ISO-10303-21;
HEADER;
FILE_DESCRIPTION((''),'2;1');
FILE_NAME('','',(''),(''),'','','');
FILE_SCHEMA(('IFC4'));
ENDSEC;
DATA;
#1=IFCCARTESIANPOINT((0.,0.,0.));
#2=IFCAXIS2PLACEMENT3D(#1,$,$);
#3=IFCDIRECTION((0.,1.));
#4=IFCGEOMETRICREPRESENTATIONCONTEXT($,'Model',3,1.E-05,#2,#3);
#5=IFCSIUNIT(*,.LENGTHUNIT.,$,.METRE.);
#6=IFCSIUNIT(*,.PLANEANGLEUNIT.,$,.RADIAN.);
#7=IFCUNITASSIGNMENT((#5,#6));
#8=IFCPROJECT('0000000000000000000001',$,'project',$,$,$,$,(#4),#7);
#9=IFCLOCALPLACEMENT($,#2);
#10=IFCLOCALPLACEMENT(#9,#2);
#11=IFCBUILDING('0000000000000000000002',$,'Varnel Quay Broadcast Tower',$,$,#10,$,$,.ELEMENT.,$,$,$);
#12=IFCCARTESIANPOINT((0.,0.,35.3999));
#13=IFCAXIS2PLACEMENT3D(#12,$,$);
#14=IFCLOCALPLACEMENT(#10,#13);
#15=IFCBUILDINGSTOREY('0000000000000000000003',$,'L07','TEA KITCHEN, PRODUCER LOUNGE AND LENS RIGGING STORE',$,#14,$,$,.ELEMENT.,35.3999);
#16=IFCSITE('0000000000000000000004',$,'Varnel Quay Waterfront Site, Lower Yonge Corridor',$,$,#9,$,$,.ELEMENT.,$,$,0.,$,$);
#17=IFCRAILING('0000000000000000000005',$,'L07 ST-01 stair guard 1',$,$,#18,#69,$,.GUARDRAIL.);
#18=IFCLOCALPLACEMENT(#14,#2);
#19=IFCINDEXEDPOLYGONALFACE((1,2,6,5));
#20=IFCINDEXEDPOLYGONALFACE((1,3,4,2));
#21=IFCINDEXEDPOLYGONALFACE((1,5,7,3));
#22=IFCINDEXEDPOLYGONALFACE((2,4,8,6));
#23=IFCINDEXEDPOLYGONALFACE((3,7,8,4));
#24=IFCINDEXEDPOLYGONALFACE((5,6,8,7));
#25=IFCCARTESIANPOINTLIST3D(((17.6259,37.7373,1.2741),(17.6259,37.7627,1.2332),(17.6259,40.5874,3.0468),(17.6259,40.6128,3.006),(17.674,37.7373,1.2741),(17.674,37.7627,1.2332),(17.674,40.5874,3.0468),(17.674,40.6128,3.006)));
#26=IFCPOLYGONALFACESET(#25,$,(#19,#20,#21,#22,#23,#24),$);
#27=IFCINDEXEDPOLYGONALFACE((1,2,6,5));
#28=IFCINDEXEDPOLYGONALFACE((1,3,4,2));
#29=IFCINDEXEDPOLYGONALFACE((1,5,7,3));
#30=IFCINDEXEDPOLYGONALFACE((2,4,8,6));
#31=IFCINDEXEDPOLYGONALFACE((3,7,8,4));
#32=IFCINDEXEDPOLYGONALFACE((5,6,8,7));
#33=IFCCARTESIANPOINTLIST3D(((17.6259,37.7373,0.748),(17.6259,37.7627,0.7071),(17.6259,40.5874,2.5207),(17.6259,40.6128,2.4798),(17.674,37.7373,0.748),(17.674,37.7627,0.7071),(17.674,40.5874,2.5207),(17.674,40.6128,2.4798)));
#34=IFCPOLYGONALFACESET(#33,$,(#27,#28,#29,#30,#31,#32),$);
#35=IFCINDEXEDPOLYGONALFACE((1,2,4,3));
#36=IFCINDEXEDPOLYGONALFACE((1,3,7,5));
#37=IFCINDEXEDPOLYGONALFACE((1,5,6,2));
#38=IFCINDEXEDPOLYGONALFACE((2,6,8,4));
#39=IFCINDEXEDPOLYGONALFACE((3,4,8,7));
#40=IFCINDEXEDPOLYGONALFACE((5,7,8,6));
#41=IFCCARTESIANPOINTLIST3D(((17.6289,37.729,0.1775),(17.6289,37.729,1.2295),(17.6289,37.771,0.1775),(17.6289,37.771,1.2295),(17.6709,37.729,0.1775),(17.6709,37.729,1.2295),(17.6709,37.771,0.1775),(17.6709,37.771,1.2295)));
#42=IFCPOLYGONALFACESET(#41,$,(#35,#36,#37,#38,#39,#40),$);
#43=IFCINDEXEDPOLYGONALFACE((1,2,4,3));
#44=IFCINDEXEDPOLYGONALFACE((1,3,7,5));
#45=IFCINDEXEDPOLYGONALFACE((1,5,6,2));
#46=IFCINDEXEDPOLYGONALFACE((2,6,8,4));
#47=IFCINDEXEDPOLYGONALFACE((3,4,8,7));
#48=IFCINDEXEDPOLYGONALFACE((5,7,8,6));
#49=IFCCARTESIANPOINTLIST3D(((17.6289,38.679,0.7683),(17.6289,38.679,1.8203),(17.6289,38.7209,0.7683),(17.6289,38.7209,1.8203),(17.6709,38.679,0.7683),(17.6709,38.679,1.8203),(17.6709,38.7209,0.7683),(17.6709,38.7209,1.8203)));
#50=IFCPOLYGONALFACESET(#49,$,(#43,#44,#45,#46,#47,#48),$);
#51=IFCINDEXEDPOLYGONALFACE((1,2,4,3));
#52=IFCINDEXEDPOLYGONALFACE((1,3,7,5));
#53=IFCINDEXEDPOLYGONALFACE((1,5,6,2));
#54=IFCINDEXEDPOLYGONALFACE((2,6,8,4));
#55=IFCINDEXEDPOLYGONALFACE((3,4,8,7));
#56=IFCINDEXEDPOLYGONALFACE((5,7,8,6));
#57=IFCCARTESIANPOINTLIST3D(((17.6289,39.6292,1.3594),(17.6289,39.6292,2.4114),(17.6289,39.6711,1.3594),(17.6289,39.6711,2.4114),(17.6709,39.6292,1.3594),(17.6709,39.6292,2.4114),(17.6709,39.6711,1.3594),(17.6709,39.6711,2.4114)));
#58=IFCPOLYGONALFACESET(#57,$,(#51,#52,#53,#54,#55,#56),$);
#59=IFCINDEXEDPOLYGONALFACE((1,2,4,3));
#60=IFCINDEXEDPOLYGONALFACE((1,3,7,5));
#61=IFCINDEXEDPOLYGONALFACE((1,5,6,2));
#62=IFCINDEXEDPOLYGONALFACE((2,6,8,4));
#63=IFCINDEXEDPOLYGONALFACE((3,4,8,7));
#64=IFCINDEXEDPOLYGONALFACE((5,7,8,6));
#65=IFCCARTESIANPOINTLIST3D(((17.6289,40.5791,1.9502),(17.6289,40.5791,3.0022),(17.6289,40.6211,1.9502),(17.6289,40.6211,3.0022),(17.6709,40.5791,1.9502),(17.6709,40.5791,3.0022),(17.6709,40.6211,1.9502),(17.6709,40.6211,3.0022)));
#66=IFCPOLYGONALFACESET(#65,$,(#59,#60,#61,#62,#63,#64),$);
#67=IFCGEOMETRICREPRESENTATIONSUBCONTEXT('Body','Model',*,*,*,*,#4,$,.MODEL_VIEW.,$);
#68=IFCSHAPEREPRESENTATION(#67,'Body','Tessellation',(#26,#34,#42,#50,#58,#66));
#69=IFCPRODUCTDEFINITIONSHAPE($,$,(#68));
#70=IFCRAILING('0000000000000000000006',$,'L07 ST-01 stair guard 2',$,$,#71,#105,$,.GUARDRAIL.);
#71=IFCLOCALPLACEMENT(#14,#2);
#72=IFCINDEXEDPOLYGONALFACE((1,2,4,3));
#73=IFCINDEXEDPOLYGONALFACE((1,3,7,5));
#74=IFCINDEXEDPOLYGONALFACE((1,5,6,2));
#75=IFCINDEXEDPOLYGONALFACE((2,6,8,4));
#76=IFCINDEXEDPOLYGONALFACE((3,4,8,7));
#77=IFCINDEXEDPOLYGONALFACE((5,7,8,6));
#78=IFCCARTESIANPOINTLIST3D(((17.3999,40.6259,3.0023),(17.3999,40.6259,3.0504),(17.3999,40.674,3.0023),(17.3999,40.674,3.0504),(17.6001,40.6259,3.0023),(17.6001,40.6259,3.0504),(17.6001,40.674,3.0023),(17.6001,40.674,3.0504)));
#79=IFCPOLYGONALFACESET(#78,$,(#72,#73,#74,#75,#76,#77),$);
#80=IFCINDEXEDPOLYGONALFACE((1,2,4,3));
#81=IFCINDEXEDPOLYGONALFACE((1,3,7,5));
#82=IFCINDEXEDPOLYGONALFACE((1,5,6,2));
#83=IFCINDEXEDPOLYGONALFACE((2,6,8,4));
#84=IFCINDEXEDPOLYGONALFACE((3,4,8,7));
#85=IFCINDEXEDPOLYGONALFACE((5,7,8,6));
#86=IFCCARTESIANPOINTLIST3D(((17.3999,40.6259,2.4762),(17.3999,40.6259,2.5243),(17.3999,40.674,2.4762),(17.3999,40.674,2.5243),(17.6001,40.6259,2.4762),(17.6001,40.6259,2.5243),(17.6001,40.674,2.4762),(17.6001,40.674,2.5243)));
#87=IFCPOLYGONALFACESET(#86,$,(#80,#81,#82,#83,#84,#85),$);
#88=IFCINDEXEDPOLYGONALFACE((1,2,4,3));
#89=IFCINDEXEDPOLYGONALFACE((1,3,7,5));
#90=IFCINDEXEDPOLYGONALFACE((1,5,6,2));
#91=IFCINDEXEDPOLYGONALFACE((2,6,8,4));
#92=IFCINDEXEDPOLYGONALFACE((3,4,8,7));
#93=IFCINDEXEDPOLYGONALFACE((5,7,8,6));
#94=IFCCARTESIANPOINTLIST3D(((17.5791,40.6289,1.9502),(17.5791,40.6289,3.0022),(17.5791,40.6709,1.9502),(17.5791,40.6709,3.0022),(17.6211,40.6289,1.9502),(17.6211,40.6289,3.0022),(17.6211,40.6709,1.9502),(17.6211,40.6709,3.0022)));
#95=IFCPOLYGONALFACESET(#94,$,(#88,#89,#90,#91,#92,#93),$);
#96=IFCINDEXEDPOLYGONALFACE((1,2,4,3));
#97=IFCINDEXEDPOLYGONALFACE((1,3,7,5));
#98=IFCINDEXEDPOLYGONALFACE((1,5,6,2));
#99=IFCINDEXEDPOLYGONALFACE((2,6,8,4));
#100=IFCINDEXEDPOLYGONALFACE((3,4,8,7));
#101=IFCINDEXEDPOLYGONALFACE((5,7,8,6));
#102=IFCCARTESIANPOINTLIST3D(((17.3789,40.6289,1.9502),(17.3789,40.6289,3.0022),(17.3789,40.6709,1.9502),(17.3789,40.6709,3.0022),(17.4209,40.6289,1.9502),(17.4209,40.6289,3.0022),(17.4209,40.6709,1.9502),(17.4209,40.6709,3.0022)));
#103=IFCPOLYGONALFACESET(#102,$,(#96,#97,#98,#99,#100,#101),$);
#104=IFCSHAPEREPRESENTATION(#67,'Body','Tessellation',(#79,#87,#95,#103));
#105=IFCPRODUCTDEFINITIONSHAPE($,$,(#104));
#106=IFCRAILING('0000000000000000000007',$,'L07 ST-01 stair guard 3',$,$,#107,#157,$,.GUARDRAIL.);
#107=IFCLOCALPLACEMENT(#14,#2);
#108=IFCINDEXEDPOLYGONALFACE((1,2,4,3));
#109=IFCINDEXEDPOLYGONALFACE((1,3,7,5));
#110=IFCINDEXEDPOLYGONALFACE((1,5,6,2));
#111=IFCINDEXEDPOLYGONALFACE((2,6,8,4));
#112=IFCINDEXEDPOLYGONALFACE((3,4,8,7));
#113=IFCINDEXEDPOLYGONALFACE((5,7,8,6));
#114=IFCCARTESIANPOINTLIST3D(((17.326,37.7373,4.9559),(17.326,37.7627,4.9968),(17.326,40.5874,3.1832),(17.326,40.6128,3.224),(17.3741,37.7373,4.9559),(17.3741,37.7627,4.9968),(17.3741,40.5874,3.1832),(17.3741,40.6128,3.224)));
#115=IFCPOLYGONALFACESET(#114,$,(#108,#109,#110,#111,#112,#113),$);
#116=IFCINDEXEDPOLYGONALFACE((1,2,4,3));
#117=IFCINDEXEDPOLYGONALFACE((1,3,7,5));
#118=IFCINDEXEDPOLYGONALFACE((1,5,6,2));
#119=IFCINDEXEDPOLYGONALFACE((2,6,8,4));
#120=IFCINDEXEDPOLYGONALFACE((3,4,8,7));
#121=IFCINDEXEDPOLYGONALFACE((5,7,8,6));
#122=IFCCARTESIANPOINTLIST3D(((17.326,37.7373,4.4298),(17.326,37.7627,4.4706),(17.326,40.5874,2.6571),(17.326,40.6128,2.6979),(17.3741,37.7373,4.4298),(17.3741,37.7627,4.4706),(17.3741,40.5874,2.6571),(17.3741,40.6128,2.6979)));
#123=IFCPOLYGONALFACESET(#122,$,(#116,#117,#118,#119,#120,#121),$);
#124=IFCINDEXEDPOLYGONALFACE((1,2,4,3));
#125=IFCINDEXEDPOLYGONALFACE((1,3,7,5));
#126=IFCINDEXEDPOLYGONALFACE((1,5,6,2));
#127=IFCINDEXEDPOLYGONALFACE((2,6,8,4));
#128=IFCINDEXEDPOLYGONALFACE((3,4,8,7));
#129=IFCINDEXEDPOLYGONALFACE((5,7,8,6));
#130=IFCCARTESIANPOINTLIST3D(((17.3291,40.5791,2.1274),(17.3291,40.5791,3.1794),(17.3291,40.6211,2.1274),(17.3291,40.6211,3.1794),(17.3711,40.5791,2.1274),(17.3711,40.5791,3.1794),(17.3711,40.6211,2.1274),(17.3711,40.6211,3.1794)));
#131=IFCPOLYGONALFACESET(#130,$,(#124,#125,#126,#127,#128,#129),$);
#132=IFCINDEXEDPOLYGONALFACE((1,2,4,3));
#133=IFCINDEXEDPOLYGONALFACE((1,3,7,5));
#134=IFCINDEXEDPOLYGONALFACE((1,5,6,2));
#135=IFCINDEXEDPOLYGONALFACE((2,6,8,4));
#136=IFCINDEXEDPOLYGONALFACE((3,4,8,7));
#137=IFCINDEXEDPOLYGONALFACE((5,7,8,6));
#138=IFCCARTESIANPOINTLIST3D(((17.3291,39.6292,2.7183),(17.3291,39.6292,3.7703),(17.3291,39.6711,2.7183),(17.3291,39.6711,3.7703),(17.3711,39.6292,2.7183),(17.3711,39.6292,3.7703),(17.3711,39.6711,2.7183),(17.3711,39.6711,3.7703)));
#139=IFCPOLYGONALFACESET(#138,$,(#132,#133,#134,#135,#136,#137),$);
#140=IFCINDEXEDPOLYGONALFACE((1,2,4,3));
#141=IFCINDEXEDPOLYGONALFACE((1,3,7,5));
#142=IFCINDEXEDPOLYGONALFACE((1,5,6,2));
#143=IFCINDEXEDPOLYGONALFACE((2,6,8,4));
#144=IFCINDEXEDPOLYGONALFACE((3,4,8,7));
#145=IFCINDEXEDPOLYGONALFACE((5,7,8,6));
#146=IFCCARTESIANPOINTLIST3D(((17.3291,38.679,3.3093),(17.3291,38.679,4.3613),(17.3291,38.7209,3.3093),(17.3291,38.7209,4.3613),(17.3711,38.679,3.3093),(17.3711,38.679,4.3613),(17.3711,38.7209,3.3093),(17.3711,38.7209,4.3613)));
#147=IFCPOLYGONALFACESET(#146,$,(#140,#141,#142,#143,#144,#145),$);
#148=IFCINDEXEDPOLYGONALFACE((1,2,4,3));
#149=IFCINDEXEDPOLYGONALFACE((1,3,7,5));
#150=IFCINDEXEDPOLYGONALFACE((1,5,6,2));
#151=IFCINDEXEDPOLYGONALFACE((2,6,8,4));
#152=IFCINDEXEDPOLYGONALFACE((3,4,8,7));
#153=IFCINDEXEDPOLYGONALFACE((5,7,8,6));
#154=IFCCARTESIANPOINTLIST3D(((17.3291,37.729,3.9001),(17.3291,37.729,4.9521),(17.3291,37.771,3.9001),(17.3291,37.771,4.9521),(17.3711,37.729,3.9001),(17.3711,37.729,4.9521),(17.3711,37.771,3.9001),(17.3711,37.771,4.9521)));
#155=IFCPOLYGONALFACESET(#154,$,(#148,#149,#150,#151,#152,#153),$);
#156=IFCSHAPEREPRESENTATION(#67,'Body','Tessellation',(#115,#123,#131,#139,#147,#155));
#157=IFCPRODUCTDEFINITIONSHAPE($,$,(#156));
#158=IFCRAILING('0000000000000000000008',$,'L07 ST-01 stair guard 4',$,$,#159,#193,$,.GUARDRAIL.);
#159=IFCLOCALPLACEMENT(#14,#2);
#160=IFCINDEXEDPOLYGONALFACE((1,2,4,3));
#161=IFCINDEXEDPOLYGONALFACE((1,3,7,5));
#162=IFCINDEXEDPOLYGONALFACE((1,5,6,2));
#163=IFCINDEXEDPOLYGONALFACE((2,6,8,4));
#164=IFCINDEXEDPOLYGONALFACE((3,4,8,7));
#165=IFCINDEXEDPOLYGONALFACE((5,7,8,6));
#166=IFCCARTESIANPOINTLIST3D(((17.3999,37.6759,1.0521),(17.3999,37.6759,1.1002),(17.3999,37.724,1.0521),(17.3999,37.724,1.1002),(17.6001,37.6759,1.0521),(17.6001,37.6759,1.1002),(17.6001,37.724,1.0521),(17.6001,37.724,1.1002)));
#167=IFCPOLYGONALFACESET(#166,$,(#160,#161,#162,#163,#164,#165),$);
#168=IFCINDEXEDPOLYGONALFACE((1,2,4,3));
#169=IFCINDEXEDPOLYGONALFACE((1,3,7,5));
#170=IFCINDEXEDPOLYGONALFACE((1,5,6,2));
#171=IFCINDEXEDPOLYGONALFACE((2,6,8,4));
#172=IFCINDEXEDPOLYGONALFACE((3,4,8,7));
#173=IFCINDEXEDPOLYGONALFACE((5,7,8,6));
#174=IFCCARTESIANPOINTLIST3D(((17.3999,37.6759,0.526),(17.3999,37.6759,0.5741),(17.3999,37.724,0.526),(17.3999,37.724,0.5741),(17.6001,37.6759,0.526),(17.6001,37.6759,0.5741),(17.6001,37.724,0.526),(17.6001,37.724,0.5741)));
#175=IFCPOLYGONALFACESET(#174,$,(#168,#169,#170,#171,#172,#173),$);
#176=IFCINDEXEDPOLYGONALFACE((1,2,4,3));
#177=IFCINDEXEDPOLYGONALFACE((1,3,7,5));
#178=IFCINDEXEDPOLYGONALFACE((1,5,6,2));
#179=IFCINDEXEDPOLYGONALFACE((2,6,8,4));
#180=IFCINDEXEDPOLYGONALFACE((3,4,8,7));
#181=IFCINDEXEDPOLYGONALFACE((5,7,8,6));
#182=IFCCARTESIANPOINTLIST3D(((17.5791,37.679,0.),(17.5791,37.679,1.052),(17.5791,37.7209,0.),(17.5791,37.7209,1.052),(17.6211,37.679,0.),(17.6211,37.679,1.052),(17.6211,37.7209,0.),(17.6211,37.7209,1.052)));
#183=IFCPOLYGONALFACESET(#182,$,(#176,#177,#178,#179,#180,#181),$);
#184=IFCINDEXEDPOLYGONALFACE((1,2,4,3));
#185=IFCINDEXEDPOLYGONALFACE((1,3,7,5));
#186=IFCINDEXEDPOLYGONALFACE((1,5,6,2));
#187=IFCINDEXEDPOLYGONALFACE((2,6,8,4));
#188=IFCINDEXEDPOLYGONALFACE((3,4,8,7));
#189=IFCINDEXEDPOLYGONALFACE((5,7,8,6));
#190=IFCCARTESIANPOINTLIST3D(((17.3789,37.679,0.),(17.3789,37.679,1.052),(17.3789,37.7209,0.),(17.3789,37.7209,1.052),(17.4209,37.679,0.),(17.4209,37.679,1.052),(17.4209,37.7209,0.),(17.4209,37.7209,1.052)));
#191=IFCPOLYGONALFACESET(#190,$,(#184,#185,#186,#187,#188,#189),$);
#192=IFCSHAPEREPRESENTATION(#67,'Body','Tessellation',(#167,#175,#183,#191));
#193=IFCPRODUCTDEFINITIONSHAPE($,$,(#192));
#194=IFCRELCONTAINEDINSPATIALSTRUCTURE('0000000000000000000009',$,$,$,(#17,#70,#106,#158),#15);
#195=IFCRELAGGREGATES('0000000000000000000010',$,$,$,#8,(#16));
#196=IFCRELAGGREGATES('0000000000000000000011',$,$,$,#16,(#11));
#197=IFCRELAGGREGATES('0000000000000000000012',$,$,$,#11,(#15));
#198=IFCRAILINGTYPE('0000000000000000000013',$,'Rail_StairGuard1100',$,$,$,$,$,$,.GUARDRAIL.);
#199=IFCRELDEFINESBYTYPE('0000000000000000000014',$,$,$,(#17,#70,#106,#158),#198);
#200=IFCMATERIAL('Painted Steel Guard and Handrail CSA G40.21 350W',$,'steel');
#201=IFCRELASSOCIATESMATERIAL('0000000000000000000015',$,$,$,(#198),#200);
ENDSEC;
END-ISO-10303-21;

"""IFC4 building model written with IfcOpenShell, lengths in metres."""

from ifc_helpers import new_model, si_unit, direction, frame, origin, origin_2d, place, context, subcontext, project, spatial, rectangle, extrude, material, type_object, element, save


model = new_model("IFC4")

# Units and contexts
model_context = context("Model", 3, precision=1e-05, world=origin(), true_north=direction((0.0, 1.0)))
body_context = subcontext(model_context, "Body", "Model", "MODEL_VIEW")
ifc_project = project(units=[si_unit("LENGTHUNIT", "METRE"), si_unit("PLANEANGLEUNIT", "RADIAN")], contexts=[model_context])

# Site, building, storey
site_placement = place(None, origin())
site = spatial("IfcSite", under=ifc_project, at=site_placement, Name="Varnel Quay Waterfront Site, Lower Yonge Corridor", CompositionType="ELEMENT", RefElevation=0.0)
building_placement = place(site_placement, origin())
building = spatial("IfcBuilding", under=site, at=building_placement, Name="Varnel Quay Broadcast Tower", CompositionType="ELEMENT")
storey_placement = place(building_placement, frame((0.0, 0.0, 35.3999)))
storey = spatial("IfcBuildingStorey", under=building, at=storey_placement, Name="L07", Description="TEA KITCHEN, PRODUCER LOUNGE AND LENS RIGGING STORE", CompositionType="ELEMENT", Elevation=35.3999)

# Railings
ifc_material_1 = material(Name="Painted Steel Guard and Handrail CSA G40.21 350W", Category="steel")
railing_type_1 = type_object("IfcRailingType", Name="Rail_StairGuard1100", PredefinedType="GUARDRAIL", material=ifc_material_1)
railing_1_placement = place(storey_placement, frame((17.6499, 37.75, 0.1775)))
element("IfcRailing", 1, at=railing_1_placement, inside=storey, type_object=railing_type_1, Name="L07 ST-01 stair guard 1", PredefinedType="GUARDRAIL", context=body_context, shape_type="SweptSolid", body=[
    extrude(rectangle(XDim=0.0481, YDim=0.0481, at=origin_2d()), frame((0.0, 0.0, 1.0762), z_axis=(0.0, 0.849149, 0.528154), x_axis=(-1.0, 0.0, 0.0)), (0.0, 0.0, 1.0), 3.3564),
    extrude(rectangle(XDim=0.0481, YDim=0.0481, at=origin_2d()), frame((0.0, 0.0, 0.55), z_axis=(0.0, 0.849149, 0.528154), x_axis=(-1.0, 0.0, 0.0)), (0.0, 0.0, 1.0), 3.3564),
    extrude(rectangle(XDim=0.042, YDim=0.042, at=origin_2d()), origin(), (0.0, 0.0, 1.0), 1.052),
    extrude(rectangle(XDim=0.042, YDim=0.042, at=origin_2d()), frame((0.0, 0.95, 0.5908)), (0.0, 0.0, 1.0), 1.052),
    extrude(rectangle(XDim=0.042, YDim=0.042, at=origin_2d()), frame((0.0, 1.9001, 1.1819)), (0.0, 0.0, 1.0), 1.052),
    extrude(rectangle(XDim=0.042, YDim=0.042, at=origin_2d()), frame((0.0, 2.8501, 1.7727)), (0.0, 0.0, 1.0), 1.052),
])
railing_2_placement = place(storey_placement, frame((17.6001, 40.6499, 1.9502)))
element("IfcRailing", 2, at=railing_2_placement, inside=storey, type_object=railing_type_1, Name="L07 ST-01 stair guard 2", PredefinedType="GUARDRAIL", context=body_context, shape_type="SweptSolid", body=[
    extrude(rectangle(XDim=0.0481, YDim=0.0481, at=origin_2d()), frame((0.0, 0.0, 1.0762), z_axis=(-1.0, 0.0, 0.0), x_axis=(0.0, -1.0, 0.0)), (0.0, 0.0, 1.0), 0.2002),
    extrude(rectangle(XDim=0.0481, YDim=0.0481, at=origin_2d()), frame((0.0, 0.0, 0.55), z_axis=(-1.0, 0.0, 0.0), x_axis=(0.0, -1.0, 0.0)), (0.0, 0.0, 1.0), 0.2002),
    extrude(rectangle(XDim=0.042, YDim=0.042, at=origin_2d()), origin(), (0.0, 0.0, 1.0), 1.052),
    extrude(rectangle(XDim=0.042, YDim=0.042, at=origin_2d()), frame((-0.2002, 0.0, 0.0)), (0.0, 0.0, 1.0), 1.052),
])
railing_3_placement = place(storey_placement, frame((17.3501, 40.6001, 2.1274)))
element("IfcRailing", 3, at=railing_3_placement, inside=storey, type_object=railing_type_1, Name="L07 ST-01 stair guard 3", PredefinedType="GUARDRAIL", context=body_context, shape_type="SweptSolid", body=[
    extrude(rectangle(XDim=0.0481, YDim=0.0481, at=origin_2d()), frame((0.0, 0.0, 1.0762), z_axis=(0.0, -0.849149, 0.528154), x_axis=(1.0, 0.0, 0.0)), (0.0, 0.0, 1.0), 3.3564),
    extrude(rectangle(XDim=0.0481, YDim=0.0481, at=origin_2d()), frame((0.0, 0.0, 0.55), z_axis=(0.0, -0.849149, 0.528154), x_axis=(1.0, 0.0, 0.0)), (0.0, 0.0, 1.0), 3.3564),
    extrude(rectangle(XDim=0.042, YDim=0.042, at=origin_2d()), origin(), (0.0, 0.0, 1.0), 1.052),
    extrude(rectangle(XDim=0.042, YDim=0.042, at=origin_2d()), frame((0.0, -0.95, 0.5908)), (0.0, 0.0, 1.0), 1.052),
    extrude(rectangle(XDim=0.042, YDim=0.042, at=origin_2d()), frame((0.0, -1.9001, 1.1819)), (0.0, 0.0, 1.0), 1.052),
    extrude(rectangle(XDim=0.042, YDim=0.042, at=origin_2d()), frame((0.0, -2.8501, 1.7727)), (0.0, 0.0, 1.0), 1.052),
])
railing_4_placement = place(storey_placement, frame((17.6001, 37.7, 0.0)))
element("IfcRailing", 4, at=railing_4_placement, inside=storey, type_object=railing_type_1, Name="L07 ST-01 stair guard 4", PredefinedType="GUARDRAIL", context=body_context, shape_type="SweptSolid", body=[
    extrude(rectangle(XDim=0.0481, YDim=0.0481, at=origin_2d()), frame((0.0, 0.0, 1.0762), z_axis=(-1.0, 0.0, 0.0), x_axis=(0.0, -1.0, 0.0)), (0.0, 0.0, 1.0), 0.2002),
    extrude(rectangle(XDim=0.0481, YDim=0.0481, at=origin_2d()), frame((0.0, 0.0, 0.55), z_axis=(-1.0, 0.0, 0.0), x_axis=(0.0, -1.0, 0.0)), (0.0, 0.0, 1.0), 0.2002),
    extrude(rectangle(XDim=0.042, YDim=0.042, at=origin_2d()), origin(), (0.0, 0.0, 1.0), 1.052),
    extrude(rectangle(XDim=0.042, YDim=0.042, at=origin_2d()), frame((-0.2002, 0.0, 0.0)), (0.0, 0.0, 1.0), 1.052),
])

save(model, "model.ifc")
